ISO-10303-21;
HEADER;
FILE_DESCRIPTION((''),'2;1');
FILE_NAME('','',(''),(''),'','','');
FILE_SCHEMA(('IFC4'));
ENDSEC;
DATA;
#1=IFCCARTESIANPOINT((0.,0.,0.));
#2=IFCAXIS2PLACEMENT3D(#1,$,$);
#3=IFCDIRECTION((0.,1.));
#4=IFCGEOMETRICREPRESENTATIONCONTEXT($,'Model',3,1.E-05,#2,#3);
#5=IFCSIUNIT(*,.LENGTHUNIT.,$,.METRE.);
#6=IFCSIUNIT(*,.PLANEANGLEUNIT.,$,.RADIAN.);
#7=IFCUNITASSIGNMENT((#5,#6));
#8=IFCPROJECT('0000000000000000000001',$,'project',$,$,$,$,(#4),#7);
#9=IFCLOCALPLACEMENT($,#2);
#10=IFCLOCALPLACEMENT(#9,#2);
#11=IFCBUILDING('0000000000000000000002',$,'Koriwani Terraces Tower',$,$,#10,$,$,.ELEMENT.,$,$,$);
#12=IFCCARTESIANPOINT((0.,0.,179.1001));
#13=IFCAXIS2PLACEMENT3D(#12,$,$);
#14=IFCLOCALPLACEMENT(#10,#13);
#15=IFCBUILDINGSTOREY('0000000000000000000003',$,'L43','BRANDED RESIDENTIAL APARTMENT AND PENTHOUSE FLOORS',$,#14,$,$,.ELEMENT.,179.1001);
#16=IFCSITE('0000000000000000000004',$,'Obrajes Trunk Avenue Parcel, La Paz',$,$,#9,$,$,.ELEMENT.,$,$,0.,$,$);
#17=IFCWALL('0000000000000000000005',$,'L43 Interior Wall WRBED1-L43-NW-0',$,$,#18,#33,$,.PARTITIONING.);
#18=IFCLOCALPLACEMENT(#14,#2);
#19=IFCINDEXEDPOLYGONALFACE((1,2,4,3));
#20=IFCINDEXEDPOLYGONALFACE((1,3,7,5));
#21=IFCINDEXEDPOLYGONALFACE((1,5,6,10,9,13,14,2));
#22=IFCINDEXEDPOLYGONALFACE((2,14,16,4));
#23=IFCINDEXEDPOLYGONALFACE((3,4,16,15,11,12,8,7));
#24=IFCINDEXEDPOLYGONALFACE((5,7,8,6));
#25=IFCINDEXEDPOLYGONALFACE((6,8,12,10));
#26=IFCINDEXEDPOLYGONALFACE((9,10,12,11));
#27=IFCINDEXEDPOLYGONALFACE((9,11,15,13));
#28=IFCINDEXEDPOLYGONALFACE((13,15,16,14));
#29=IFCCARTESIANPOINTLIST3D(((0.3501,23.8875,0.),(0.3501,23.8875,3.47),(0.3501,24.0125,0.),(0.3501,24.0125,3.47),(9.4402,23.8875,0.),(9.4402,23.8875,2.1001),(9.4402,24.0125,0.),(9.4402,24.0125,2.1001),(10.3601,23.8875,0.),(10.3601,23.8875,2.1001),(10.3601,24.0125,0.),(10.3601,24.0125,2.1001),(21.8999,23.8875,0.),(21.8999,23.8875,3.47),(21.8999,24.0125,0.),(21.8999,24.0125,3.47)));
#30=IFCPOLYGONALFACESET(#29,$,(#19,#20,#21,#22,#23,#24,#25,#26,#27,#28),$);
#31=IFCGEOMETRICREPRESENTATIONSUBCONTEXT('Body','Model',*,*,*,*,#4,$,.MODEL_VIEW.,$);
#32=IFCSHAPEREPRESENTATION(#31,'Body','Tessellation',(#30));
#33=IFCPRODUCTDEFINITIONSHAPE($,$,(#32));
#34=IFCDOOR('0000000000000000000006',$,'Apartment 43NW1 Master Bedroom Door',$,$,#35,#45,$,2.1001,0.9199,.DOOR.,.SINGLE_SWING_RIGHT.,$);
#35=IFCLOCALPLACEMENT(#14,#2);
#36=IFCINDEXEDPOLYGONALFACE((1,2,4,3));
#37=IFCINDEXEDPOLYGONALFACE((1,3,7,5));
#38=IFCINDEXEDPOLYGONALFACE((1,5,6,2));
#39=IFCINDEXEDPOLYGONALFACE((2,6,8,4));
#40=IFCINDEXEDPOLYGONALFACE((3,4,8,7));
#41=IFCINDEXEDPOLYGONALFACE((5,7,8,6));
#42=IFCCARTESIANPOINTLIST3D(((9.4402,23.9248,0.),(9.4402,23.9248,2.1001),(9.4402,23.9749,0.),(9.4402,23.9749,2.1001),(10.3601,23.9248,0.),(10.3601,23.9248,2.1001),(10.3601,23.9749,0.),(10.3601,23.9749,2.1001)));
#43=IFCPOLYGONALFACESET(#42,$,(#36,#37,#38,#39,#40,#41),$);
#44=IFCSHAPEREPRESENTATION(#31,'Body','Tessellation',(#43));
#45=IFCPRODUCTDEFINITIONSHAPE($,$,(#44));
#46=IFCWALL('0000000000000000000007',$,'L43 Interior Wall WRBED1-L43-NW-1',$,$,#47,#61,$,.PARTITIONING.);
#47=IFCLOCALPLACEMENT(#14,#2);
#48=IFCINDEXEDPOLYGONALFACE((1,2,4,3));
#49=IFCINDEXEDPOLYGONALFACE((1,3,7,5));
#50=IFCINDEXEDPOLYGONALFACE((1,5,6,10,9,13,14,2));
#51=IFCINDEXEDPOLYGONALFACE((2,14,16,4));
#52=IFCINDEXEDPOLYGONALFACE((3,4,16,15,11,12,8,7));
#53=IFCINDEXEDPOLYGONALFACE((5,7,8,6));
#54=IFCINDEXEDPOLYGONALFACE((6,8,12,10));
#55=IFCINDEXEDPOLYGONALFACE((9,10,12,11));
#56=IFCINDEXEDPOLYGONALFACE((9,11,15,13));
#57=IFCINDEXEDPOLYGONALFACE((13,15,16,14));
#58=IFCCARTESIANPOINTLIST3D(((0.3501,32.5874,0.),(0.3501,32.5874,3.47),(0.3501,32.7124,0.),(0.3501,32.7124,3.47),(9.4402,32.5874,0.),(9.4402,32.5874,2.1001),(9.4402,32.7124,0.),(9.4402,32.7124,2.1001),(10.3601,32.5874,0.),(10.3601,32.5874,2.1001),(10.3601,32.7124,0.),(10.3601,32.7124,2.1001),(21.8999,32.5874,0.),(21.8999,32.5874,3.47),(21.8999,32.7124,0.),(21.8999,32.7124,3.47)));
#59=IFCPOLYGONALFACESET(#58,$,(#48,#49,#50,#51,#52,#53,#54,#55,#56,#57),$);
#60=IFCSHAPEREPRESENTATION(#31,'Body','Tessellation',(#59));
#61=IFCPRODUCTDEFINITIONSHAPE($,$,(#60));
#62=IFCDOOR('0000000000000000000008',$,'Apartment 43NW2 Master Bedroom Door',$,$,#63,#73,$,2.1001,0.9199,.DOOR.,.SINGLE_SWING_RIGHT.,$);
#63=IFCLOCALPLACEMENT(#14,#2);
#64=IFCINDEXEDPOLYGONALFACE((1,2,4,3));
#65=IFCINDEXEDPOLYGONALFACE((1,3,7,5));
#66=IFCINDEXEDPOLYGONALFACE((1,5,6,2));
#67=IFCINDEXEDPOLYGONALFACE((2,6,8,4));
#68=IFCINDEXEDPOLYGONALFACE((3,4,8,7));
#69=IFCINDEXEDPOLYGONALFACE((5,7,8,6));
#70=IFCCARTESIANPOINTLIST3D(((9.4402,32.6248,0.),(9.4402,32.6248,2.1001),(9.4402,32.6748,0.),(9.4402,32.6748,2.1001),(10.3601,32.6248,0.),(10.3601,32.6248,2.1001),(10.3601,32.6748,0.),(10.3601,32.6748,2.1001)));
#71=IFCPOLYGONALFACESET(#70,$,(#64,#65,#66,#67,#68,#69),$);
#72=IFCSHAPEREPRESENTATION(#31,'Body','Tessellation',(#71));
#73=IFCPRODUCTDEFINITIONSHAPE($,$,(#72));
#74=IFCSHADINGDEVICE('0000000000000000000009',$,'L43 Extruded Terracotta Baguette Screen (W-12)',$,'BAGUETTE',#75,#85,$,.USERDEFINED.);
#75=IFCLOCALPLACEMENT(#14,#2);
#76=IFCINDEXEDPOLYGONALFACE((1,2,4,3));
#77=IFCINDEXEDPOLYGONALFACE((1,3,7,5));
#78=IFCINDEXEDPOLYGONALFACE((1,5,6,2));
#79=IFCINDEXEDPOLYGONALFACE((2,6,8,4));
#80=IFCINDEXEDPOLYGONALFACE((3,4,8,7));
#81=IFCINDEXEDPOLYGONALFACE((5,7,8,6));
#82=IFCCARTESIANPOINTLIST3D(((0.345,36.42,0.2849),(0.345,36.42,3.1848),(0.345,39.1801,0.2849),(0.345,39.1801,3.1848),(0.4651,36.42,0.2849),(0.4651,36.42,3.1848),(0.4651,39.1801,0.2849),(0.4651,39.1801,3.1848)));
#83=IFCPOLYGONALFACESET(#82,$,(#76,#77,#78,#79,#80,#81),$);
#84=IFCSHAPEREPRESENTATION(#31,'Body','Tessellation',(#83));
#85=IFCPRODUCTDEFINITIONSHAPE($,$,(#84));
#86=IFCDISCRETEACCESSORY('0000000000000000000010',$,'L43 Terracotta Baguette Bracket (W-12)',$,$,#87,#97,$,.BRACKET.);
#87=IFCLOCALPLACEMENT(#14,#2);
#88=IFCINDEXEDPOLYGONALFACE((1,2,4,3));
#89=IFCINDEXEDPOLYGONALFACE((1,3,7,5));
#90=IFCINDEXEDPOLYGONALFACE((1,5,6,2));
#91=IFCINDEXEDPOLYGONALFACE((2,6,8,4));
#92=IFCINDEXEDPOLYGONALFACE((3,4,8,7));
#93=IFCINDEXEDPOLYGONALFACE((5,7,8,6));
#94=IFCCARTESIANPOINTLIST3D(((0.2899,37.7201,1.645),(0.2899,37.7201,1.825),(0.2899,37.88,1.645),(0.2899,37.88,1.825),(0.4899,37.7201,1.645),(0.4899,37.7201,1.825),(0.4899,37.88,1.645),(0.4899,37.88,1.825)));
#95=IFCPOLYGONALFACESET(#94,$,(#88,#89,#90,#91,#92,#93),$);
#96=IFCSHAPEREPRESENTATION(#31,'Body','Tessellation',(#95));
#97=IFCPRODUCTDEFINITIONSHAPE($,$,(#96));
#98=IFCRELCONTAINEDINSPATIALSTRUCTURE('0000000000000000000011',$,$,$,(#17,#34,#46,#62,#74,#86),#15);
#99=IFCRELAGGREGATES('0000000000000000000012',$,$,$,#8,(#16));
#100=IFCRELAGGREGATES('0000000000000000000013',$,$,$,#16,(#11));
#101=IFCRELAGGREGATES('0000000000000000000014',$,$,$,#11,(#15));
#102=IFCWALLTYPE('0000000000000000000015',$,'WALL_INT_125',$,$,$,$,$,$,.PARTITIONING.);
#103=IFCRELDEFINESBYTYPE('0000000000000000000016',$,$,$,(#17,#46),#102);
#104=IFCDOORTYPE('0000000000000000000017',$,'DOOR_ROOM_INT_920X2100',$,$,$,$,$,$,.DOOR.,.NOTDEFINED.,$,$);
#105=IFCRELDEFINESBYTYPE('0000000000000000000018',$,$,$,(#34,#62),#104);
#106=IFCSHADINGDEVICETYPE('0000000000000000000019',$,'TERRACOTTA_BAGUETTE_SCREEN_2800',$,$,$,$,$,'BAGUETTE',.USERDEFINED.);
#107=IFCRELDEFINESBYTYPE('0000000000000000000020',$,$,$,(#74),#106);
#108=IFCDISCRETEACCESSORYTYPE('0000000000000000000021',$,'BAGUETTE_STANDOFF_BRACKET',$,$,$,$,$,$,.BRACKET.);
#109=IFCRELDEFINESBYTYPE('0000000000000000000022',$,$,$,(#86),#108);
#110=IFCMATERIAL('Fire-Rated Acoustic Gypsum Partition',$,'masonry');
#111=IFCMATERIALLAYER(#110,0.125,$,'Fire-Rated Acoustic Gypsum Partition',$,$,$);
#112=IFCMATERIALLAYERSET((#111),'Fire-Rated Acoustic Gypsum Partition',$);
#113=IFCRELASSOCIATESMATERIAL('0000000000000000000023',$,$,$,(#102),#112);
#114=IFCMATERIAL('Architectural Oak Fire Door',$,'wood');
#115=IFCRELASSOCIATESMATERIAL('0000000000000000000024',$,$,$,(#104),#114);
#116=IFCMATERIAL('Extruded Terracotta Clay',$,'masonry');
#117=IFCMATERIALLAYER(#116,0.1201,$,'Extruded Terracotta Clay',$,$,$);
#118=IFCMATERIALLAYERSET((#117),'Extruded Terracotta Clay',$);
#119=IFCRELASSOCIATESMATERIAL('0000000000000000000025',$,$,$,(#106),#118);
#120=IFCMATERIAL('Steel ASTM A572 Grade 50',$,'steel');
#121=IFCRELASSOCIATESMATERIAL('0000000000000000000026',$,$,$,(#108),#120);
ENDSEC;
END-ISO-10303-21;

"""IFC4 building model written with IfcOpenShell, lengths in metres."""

from ifc_helpers import new_model, si_unit, direction, frame, frame_2d, origin, origin_2d, place, context, subcontext, project, spatial, rectangle, extrude, material, layer, layer_set, type_object, element, fill, save


model = new_model("IFC4")

# Units and contexts
model_context = context("Model", 3, precision=1e-05, world=origin(), true_north=direction((0.0, 1.0)))
body_context = subcontext(model_context, "Body", "Model", "MODEL_VIEW")
ifc_project = project(units=[si_unit("LENGTHUNIT", "METRE"), si_unit("PLANEANGLEUNIT", "RADIAN")], contexts=[model_context])

# Site, building, storey
site_placement = place(None, origin())
site = spatial("IfcSite", under=ifc_project, at=site_placement, Name="Obrajes Trunk Avenue Parcel, La Paz", CompositionType="ELEMENT", RefElevation=0.0)
building_placement = place(site_placement, origin())
building = spatial("IfcBuilding", under=site, at=building_placement, Name="Koriwani Terraces Tower", CompositionType="ELEMENT")
storey_placement = place(building_placement, frame((0.0, 0.0, 179.1001)))
storey = spatial("IfcBuildingStorey", under=building, at=storey_placement, Name="L43", Description="BRANDED RESIDENTIAL APARTMENT AND PENTHOUSE FLOORS", CompositionType="ELEMENT", Elevation=179.1001)

# Shared definitions
ifc_material_1 = material(Name="Steel ASTM A572 Grade 50", Category="steel")

# Shared definitions
ifc_material_2 = material(Name="Architectural Oak Fire Door", Category="wood")

# Walls, openings, doors
ifc_material_3 = material(Name="Fire-Rated Acoustic Gypsum Partition", Category="masonry")
ifc_layer_1 = layer(ifc_material_3, 0.125, Name="Fire-Rated Acoustic Gypsum Partition")
ifc_layer_set_1 = layer_set([ifc_layer_1], Name="Fire-Rated Acoustic Gypsum Partition")
wall_type_1 = type_object("IfcWallType", Name="WALL_INT_125", PredefinedType="PARTITIONING", material=ifc_layer_set_1)
wall_1_placement = place(storey_placement, frame((0.3501, 23.95, 0.0), z_axis=(0.0, 0.0, 1.0), x_axis=(1.0, 0.0, 0.0)))
wall_1 = element("IfcWall", 1, at=wall_1_placement, inside=storey, type_object=wall_type_1, Name="L43 Interior Wall WRBED1-L43-NW-0", PredefinedType="PARTITIONING", context=body_context, shape_type="SweptSolid", body=[
    extrude(rectangle(XDim=21.5498, YDim=0.125, at=frame_2d((10.7749, 0.0))), origin(), (0.0, 0.0, 1.0), 3.47),
])
opening_1_placement = place(wall_1_placement, frame((9.0901, 0.0, 0.0)))
opening_1 = element("IfcOpeningElement", 2, at=opening_1_placement, cuts=wall_1, PredefinedType="OPENING", context=body_context, shape_type="SweptSolid", body=[
    extrude(rectangle(XDim=0.9199, YDim=2.1001, at=frame_2d((0.46, 1.05))), frame((0.0, 0.0725, 0.0), z_axis=(0.0, -1.0, 0.0), x_axis=(1.0, 0.0, 0.0)), (0.0, 0.0, 1.0), 0.145),
])
door_type_1 = type_object("IfcDoorType", Name="DOOR_ROOM_INT_920X2100", OperationType="NOTDEFINED", PredefinedType="DOOR", material=ifc_material_2)
door_1_placement = place(opening_1_placement, origin())
door_1 = element("IfcDoor", 3, at=door_1_placement, inside=storey, type_object=door_type_1, Name="Apartment 43NW1 Master Bedroom Door", OperationType="SINGLE_SWING_RIGHT", OverallHeight=2.1001, OverallWidth=0.9199, PredefinedType="DOOR", context=body_context, shape_type="SweptSolid", body=[
    extrude(rectangle(XDim=0.9199, YDim=2.1001, at=frame_2d((0.46, 1.05))), frame((0.0, 0.0249, 0.0), z_axis=(0.0, -1.0, 0.0), x_axis=(1.0, 0.0, 0.0)), (0.0, 0.0, 1.0), 0.05),
])
fill(opening_1, door_1)
wall_2_placement = place(storey_placement, frame((0.3501, 32.6499, 0.0), z_axis=(0.0, 0.0, 1.0), x_axis=(1.0, 0.0, 0.0)))
wall_2 = element("IfcWall", 4, at=wall_2_placement, inside=storey, type_object=wall_type_1, Name="L43 Interior Wall WRBED1-L43-NW-1", PredefinedType="PARTITIONING", context=body_context, shape_type="SweptSolid", body=[
    extrude(rectangle(XDim=21.5498, YDim=0.125, at=frame_2d((10.7749, 0.0))), origin(), (0.0, 0.0, 1.0), 3.47),
])
opening_2_placement = place(wall_2_placement, frame((9.0901, 0.0, 0.0)))
opening_2 = element("IfcOpeningElement", 5, at=opening_2_placement, cuts=wall_2, PredefinedType="OPENING", context=body_context, shape_type="SweptSolid", body=[
    extrude(rectangle(XDim=0.9199, YDim=2.1001, at=frame_2d((0.46, 1.05))), frame((0.0, 0.0725, 0.0), z_axis=(0.0, -1.0, 0.0), x_axis=(1.0, 0.0, 0.0)), (0.0, 0.0, 1.0), 0.145),
])
door_2_placement = place(opening_2_placement, origin())
door_2 = element("IfcDoor", 6, at=door_2_placement, inside=storey, type_object=door_type_1, Name="Apartment 43NW2 Master Bedroom Door", OperationType="SINGLE_SWING_RIGHT", OverallHeight=2.1001, OverallWidth=0.9199, PredefinedType="DOOR", context=body_context, shape_type="SweptSolid", body=[
    extrude(rectangle(XDim=0.9199, YDim=2.1001, at=frame_2d((0.46, 1.05))), frame((0.0, 0.0249, 0.0), z_axis=(0.0, -1.0, 0.0), x_axis=(1.0, 0.0, 0.0)), (0.0, 0.0, 1.0), 0.05),
])
fill(opening_2, door_2)

# Shading device
ifc_material_4 = material(Name="Extruded Terracotta Clay", Category="masonry")
ifc_layer_2 = layer(ifc_material_4, 0.1201, Name="Extruded Terracotta Clay")
ifc_layer_set_2 = layer_set([ifc_layer_2], Name="Extruded Terracotta Clay")
shading_device_type = type_object("IfcShadingDeviceType", Name="TERRACOTTA_BAGUETTE_SCREEN_2800", ElementType="BAGUETTE", PredefinedType="USERDEFINED", material=ifc_layer_set_2)
shading_device_placement = place(storey_placement, frame((0.405, 37.8, 0.2849), z_axis=(0.0, 0.0, 1.0), x_axis=(0.0, 1.0, 0.0)))
element("IfcShadingDevice", 7, at=shading_device_placement, inside=storey, type_object=shading_device_type, Name="L43 Extruded Terracotta Baguette Screen (W-12)", ObjectType="BAGUETTE", PredefinedType="USERDEFINED", context=body_context, shape_type="SweptSolid", body=[
    extrude(rectangle(XDim=2.76, YDim=0.1201, at=origin_2d()), origin(), (0.0, 0.0, 1.0), 2.8999),
])

# Discrete accessory
discrete_accessory_type = type_object("IfcDiscreteAccessoryType", Name="BAGUETTE_STANDOFF_BRACKET", PredefinedType="BRACKET", material=ifc_material_1)
discrete_accessory_placement = place(storey_placement, frame((0.3899, 37.8, 1.645), z_axis=(0.0, 0.0, 1.0), x_axis=(0.0, 1.0, 0.0)))
element("IfcDiscreteAccessory", 8, at=discrete_accessory_placement, inside=storey, type_object=discrete_accessory_type, Name="L43 Terracotta Baguette Bracket (W-12)", PredefinedType="BRACKET", context=body_context, shape_type="SweptSolid", body=[
    extrude(rectangle(XDim=0.1599, YDim=0.2, at=origin_2d()), origin(), (0.0, 0.0, 1.0), 0.1799),
])

save(model, "model.ifc")
